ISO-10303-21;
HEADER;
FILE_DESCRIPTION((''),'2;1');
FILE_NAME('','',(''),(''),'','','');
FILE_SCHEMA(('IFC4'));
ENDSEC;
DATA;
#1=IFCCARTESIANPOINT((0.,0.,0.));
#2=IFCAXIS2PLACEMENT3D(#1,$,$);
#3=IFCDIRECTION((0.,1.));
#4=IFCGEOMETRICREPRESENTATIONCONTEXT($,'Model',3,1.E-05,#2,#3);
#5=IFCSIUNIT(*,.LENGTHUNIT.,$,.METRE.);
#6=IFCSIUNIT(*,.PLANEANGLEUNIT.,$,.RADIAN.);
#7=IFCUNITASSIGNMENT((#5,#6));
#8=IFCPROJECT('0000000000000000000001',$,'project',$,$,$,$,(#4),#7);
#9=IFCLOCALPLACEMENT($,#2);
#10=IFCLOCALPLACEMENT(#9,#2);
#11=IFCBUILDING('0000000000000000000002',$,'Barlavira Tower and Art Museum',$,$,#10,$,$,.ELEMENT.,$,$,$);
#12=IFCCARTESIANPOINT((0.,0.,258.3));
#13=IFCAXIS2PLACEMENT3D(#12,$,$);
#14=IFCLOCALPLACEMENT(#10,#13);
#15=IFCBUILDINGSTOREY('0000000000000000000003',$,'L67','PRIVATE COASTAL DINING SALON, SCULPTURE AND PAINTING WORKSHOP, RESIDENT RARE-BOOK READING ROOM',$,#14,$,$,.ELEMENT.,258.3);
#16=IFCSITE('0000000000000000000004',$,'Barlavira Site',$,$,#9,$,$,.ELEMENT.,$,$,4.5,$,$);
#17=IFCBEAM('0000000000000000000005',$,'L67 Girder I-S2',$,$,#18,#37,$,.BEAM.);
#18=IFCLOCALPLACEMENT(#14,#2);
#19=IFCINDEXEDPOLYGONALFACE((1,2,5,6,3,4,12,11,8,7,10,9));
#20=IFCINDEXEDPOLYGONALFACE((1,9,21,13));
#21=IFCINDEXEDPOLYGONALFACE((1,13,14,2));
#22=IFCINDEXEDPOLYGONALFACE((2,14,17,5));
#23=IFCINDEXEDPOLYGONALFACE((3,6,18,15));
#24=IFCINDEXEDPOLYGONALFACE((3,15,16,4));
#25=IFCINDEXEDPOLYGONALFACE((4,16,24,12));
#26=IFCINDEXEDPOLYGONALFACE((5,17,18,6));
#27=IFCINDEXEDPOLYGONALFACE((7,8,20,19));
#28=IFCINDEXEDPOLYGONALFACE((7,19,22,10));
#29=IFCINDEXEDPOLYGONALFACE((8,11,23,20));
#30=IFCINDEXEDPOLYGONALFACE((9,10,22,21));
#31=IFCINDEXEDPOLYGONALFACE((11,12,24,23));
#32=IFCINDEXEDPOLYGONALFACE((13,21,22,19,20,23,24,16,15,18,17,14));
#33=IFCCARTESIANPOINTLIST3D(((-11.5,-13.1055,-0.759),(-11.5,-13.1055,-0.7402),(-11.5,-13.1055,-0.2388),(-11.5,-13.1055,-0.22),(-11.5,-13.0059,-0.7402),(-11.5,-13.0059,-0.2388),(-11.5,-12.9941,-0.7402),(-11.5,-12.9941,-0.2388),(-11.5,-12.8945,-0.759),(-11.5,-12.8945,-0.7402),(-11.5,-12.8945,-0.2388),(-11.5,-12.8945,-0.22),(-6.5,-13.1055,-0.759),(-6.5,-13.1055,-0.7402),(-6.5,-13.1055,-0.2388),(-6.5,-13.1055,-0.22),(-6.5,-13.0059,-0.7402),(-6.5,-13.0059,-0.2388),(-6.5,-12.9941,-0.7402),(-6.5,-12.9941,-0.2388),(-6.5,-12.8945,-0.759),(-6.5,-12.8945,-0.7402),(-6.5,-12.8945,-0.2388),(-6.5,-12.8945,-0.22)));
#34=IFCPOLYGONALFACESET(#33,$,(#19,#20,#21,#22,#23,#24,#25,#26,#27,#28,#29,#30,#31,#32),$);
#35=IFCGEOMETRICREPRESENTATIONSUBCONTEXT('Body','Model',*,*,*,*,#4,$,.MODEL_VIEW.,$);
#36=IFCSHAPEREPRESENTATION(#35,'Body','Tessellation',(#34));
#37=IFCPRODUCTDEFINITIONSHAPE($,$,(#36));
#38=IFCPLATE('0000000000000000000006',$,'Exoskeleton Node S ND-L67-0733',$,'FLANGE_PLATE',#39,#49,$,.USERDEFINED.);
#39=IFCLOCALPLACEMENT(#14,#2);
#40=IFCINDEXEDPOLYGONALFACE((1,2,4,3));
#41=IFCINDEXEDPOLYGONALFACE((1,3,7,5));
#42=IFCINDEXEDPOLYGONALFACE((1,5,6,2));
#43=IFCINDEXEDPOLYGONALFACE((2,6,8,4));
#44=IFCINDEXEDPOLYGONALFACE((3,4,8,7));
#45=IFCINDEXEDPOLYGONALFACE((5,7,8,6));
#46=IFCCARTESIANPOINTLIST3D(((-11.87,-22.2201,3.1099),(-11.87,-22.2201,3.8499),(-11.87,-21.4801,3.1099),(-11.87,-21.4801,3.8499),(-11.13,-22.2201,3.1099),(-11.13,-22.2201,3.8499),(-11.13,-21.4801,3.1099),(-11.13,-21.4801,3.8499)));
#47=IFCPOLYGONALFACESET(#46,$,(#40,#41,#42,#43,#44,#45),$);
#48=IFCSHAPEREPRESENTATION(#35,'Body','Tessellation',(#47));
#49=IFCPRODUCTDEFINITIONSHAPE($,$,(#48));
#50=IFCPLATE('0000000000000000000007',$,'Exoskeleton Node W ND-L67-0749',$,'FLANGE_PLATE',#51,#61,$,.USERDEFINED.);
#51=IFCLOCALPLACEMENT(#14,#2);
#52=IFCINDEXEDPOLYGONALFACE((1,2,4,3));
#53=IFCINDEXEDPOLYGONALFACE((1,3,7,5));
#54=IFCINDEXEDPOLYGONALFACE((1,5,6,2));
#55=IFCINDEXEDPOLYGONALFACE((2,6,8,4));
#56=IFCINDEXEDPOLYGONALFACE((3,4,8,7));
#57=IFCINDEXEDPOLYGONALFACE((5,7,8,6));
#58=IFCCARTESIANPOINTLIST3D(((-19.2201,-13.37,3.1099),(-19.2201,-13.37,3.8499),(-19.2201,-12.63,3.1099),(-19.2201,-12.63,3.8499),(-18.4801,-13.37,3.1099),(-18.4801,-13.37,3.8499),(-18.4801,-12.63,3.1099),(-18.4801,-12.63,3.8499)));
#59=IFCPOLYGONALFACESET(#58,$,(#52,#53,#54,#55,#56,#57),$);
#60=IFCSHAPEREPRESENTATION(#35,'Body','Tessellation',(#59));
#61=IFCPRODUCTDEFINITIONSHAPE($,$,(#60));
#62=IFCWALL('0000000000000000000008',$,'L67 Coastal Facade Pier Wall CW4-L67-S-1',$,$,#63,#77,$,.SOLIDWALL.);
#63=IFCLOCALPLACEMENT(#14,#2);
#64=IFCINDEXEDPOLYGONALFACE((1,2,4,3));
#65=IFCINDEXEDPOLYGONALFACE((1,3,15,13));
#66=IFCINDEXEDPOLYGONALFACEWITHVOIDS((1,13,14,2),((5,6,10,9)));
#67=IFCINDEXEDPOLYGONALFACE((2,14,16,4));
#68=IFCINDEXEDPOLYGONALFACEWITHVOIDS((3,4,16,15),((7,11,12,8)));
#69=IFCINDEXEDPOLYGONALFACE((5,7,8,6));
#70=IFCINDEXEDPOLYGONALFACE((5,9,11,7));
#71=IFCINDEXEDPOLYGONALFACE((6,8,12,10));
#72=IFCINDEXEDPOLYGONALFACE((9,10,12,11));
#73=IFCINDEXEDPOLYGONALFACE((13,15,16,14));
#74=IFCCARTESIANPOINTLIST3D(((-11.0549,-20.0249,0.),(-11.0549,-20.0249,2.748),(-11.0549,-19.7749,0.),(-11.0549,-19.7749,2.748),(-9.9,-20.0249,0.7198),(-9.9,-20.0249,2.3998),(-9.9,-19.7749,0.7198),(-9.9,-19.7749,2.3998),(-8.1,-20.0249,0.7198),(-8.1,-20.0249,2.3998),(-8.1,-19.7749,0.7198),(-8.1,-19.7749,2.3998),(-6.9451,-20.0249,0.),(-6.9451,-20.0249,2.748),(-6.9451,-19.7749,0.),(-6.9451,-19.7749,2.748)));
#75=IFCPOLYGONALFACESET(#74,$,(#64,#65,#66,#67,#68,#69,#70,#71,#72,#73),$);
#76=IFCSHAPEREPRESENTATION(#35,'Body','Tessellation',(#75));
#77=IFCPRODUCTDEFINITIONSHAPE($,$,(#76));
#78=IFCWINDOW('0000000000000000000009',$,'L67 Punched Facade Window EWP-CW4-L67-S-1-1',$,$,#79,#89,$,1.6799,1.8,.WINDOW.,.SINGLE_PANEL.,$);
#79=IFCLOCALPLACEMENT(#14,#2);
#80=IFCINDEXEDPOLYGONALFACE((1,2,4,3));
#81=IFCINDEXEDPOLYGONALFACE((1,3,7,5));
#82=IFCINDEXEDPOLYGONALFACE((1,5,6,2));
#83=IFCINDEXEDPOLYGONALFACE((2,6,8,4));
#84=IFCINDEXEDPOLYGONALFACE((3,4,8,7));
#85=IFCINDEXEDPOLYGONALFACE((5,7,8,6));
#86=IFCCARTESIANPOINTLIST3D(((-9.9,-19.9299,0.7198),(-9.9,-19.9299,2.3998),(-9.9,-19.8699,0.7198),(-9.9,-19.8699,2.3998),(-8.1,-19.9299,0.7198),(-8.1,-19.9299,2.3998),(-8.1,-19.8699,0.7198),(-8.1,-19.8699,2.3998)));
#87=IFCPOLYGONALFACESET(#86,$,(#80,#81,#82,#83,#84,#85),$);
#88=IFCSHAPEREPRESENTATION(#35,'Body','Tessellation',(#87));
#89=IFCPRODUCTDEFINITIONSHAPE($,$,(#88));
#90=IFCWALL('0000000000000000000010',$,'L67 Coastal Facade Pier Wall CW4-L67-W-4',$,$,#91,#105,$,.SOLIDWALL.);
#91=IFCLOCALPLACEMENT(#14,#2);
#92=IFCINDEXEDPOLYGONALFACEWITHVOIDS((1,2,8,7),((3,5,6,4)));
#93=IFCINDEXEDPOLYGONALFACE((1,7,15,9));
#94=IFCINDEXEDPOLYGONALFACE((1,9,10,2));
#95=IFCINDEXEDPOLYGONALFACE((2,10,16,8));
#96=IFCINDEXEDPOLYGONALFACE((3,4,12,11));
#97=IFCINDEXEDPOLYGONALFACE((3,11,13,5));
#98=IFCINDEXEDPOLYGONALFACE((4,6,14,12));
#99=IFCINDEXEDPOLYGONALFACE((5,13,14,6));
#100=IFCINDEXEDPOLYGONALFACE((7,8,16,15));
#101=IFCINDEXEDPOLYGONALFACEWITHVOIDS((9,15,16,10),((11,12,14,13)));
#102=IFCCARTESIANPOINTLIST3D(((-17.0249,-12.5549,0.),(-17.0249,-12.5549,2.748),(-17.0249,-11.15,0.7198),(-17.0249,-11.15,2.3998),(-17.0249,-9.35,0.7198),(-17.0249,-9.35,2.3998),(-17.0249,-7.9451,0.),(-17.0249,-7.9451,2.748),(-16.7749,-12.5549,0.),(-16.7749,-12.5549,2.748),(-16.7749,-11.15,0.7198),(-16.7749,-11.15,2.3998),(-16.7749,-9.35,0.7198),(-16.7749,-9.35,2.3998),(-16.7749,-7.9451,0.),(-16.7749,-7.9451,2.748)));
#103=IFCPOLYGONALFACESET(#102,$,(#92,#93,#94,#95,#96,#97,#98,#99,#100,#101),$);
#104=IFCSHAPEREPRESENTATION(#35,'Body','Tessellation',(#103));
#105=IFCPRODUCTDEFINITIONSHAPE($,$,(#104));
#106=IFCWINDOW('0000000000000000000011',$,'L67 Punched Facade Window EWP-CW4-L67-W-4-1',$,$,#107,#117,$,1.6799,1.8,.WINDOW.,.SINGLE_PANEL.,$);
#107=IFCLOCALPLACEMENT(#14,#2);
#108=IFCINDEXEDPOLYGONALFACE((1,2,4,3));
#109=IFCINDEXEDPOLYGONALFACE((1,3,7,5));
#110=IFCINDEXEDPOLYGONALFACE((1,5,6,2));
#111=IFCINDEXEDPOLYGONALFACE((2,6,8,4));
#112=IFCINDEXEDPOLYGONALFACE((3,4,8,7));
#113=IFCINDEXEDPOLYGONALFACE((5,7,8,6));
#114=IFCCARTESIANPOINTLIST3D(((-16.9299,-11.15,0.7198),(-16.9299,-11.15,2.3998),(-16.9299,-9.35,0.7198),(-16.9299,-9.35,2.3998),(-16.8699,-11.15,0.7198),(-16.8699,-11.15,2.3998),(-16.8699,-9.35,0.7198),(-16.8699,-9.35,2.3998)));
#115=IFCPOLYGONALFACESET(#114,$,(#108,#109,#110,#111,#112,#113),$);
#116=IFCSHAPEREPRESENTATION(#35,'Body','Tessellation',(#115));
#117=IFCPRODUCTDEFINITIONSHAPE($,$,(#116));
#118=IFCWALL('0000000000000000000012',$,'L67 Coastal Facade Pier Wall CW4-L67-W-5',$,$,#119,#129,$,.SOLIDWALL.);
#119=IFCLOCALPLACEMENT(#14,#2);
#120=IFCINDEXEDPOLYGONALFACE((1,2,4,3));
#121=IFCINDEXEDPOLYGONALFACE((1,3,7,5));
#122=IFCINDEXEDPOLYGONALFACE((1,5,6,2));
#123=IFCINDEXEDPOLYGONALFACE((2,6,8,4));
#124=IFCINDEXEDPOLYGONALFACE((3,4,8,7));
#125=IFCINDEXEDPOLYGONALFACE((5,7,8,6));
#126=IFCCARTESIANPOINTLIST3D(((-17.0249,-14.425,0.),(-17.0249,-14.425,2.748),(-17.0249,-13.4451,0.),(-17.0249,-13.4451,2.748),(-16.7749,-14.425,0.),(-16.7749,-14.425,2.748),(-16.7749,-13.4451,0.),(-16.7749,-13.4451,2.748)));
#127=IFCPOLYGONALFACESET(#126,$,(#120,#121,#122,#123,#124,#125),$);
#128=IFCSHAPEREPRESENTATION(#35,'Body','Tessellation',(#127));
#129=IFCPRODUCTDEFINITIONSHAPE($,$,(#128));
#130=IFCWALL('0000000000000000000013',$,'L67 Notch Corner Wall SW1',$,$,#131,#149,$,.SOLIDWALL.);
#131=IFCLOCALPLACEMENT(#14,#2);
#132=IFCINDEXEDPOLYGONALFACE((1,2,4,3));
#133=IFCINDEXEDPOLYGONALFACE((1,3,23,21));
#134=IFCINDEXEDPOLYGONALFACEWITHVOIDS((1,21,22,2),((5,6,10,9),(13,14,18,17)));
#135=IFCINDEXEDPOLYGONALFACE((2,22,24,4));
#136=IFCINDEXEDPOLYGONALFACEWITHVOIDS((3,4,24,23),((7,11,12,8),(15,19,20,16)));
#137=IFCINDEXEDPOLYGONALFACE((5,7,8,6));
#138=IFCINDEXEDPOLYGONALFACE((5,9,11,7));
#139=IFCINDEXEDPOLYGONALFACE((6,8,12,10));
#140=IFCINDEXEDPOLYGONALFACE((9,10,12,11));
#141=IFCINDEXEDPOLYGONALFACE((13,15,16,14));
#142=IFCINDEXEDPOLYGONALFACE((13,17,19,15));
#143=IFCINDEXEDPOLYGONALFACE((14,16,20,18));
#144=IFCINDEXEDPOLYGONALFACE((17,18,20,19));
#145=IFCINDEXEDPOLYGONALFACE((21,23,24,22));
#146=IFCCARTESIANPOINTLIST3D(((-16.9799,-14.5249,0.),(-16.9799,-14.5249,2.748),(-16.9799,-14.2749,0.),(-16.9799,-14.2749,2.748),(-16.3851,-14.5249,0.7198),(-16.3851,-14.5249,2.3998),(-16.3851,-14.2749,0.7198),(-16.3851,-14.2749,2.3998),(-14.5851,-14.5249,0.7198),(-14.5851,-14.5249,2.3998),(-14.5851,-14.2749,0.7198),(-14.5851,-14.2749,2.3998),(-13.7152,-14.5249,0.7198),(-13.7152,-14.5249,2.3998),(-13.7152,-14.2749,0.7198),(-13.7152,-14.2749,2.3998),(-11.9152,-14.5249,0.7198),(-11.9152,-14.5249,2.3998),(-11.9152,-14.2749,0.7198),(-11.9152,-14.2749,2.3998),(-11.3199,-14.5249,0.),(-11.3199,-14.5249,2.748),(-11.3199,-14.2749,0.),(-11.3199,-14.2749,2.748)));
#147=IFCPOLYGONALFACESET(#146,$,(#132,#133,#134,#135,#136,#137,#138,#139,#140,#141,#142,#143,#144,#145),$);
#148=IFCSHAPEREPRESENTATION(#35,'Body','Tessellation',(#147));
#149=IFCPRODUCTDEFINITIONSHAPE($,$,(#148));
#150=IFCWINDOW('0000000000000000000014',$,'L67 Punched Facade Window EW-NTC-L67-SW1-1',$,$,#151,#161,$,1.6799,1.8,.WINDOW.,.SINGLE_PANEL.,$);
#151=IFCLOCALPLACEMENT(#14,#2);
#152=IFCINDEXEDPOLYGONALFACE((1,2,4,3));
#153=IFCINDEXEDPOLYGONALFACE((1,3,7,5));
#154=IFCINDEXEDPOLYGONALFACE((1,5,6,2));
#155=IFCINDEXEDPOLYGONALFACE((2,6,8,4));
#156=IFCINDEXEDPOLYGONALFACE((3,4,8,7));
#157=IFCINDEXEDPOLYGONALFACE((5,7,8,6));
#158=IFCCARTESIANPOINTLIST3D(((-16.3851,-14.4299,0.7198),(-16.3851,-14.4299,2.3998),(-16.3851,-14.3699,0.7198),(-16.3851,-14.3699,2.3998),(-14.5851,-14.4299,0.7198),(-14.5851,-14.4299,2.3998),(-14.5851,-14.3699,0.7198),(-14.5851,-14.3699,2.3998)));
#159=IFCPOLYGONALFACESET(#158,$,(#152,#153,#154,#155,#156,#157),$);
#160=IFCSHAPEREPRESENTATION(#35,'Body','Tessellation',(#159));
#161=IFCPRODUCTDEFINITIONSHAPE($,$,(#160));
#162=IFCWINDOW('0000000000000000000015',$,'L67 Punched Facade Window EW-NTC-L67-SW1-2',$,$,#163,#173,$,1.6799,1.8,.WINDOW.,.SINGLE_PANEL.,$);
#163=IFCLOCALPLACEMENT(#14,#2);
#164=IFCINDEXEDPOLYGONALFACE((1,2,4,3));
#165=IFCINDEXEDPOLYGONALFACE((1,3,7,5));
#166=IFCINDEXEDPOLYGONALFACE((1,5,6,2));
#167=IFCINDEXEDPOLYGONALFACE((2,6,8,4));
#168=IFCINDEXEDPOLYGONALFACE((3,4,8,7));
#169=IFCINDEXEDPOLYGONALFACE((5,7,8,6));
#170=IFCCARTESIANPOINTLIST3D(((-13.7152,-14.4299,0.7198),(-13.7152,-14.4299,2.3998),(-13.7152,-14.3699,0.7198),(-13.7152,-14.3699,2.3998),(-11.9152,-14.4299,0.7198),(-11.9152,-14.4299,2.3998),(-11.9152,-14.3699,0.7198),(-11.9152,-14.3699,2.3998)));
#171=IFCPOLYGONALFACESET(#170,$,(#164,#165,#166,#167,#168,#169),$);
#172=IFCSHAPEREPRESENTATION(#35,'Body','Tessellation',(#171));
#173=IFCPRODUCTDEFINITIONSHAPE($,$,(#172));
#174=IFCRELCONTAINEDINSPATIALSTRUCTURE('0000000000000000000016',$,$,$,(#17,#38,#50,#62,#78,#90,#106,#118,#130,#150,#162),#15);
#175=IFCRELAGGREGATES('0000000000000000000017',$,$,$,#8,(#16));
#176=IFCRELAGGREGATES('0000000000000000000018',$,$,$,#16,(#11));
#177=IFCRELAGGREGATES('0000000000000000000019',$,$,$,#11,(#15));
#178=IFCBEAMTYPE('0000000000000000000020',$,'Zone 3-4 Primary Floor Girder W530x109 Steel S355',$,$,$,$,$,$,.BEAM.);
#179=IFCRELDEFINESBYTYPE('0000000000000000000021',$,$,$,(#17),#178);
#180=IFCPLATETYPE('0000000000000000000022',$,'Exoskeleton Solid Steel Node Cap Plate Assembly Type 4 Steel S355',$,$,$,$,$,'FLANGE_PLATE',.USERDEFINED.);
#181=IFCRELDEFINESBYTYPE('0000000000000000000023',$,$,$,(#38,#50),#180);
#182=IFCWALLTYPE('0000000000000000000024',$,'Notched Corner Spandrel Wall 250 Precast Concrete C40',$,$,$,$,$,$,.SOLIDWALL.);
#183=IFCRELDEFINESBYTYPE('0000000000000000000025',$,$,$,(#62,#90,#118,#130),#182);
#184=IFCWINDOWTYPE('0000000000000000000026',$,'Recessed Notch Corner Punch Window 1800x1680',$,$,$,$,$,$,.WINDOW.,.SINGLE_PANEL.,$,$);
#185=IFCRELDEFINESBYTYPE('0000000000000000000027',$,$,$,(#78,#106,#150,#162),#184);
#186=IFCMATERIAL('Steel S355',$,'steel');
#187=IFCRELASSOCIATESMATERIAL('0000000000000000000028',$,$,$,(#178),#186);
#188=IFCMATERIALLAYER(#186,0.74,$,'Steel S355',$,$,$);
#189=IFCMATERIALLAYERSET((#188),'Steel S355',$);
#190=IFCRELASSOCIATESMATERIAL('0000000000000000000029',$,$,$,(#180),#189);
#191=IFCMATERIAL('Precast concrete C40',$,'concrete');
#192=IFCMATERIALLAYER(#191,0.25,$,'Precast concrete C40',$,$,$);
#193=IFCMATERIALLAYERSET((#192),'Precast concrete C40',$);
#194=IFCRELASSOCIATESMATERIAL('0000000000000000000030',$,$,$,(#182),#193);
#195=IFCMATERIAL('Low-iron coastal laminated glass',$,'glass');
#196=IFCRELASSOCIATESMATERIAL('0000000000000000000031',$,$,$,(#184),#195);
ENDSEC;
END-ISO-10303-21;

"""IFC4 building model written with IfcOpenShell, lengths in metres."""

from ifc_helpers import new_model, si_unit, direction, frame, frame_2d, origin, origin_2d, place, context, subcontext, project, spatial, rectangle, i_section, extrude, material, layer, layer_set, material_profile, profile_set, type_object, element, fill, save


model = new_model("IFC4")

# Units and contexts
model_context = context("Model", 3, precision=1e-05, world=origin(), true_north=direction((0.0, 1.0)))
body_context = subcontext(model_context, "Body", "Model", "MODEL_VIEW")
ifc_project = project(units=[si_unit("LENGTHUNIT", "METRE"), si_unit("PLANEANGLEUNIT", "RADIAN")], contexts=[model_context])

# Site, building, storey
site_placement = place(None, origin())
site = spatial("IfcSite", under=ifc_project, at=site_placement, Name="Barlavira Site", CompositionType="ELEMENT", RefElevation=4.5)
building_placement = place(site_placement, origin())
building = spatial("IfcBuilding", under=site, at=building_placement, Name="Barlavira Tower and Art Museum", CompositionType="ELEMENT")
storey_placement = place(building_placement, frame((0.0, 0.0, 258.3)))
storey = spatial("IfcBuildingStorey", under=building, at=storey_placement, Name="L67", Description="PRIVATE COASTAL DINING SALON, SCULPTURE AND PAINTING WORKSHOP, RESIDENT RARE-BOOK READING ROOM", CompositionType="ELEMENT", Elevation=258.3)

# Beam
ifc_material_1 = material(Name="Steel S355", Category="steel")
ifc_material_profile_1 = material_profile(ifc_material_1, i_section(OverallWidth=0.2109, OverallDepth=0.5391, WebThickness=0.0117, FlangeThickness=0.0188, at=origin_2d()), Name="W530x109.0")
ifc_profile_set_1 = profile_set([ifc_material_profile_1], Name="Steel S355")
beam_type_1 = type_object("IfcBeamType", Name="Zone 3-4 Primary Floor Girder W530x109 Steel S355", PredefinedType="BEAM", material=ifc_profile_set_1)
beam_1_placement = place(storey_placement, frame((-11.5, -13.0, -0.4895), z_axis=(1.0, 0.0, 0.0), x_axis=(0.0, 1.0, 0.0)))
element("IfcBeam", 1, at=beam_1_placement, inside=storey, type_object=beam_type_1, Name="L67 Girder I-S2", PredefinedType="BEAM", context=body_context, shape_type="SweptSolid", body=[
    extrude(i_section(OverallWidth=0.2109, OverallDepth=0.5391, WebThickness=0.0117, FlangeThickness=0.0188, at=origin_2d()), origin(), (0.0, 0.0, 1.0), 5.0),
])

# Plates
ifc_layer_1 = layer(ifc_material_1, 0.74, Name="Steel S355")
ifc_layer_set_1 = layer_set([ifc_layer_1], Name="Steel S355")
plate_type = type_object("IfcPlateType", Name="Exoskeleton Solid Steel Node Cap Plate Assembly Type 4 Steel S355", ElementType="FLANGE_PLATE", PredefinedType="USERDEFINED", material=ifc_layer_set_1)
for number, where, z_axis, x_axis, name in (
    (2, (-11.5, -21.8501, 3.1099), (0.0, 0.0, 1.0), (1.0, 0.0, 0.0), "Exoskeleton Node S ND-L67-0733"),
    (3, (-18.8501, -13.0, 3.1099), (0.0, 0.0, 1.0), (1.0, 0.0, 0.0), "Exoskeleton Node W ND-L67-0749"),
):
    element("IfcPlate", number, at=place(storey_placement, frame(where, z_axis=z_axis, x_axis=x_axis)), inside=storey, type_object=plate_type, Name=name, ObjectType="FLANGE_PLATE", PredefinedType="USERDEFINED", context=body_context, shape_type="SweptSolid", body=[
        extrude(rectangle(XDim=0.74, YDim=0.74, at=origin_2d()), origin(), (0.0, 0.0, 1.0), 0.74),
    ])

# Walls, openings, windows
ifc_material_2 = material(Name="Precast concrete C40", Category="concrete")
ifc_layer_2 = layer(ifc_material_2, 0.25, Name="Precast concrete C40")
ifc_layer_set_2 = layer_set([ifc_layer_2], Name="Precast concrete C40")
wall_type = type_object("IfcWallType", Name="Notched Corner Spandrel Wall 250 Precast Concrete C40", PredefinedType="SOLIDWALL", material=ifc_layer_set_2)
wall_1_placement = place(storey_placement, frame((-11.0549, -19.8999, 0.0), z_axis=(0.0, 0.0, 1.0), x_axis=(1.0, 0.0, 0.0)))
wall_1 = element("IfcWall", 4, at=wall_1_placement, inside=storey, type_object=wall_type, Name="L67 Coastal Facade Pier Wall CW4-L67-S-1", PredefinedType="SOLIDWALL", context=body_context, shape_type="SweptSolid", body=[
    extrude(rectangle(XDim=4.1099, YDim=0.25, at=frame_2d((2.0549, 0.0))), origin(), (0.0, 0.0, 1.0), 2.748),
])
opening_1_placement = place(wall_1_placement, frame((1.155, 0.0, 0.72)))
opening_1 = element("IfcOpeningElement", 5, at=opening_1_placement, cuts=wall_1, PredefinedType="OPENING", context=body_context, shape_type="SweptSolid", body=[
    extrude(rectangle(XDim=1.8, YDim=1.6799, at=frame_2d((0.8999, 0.8398))), frame((0.0, 0.135, 0.0), z_axis=(0.0, -1.0, 0.0), x_axis=(1.0, 0.0, 0.0)), (0.0, 0.0, 1.0), 0.27),
])
ifc_material_3 = material(Name="Low-iron coastal laminated glass", Category="glass")
window_type = type_object("IfcWindowType", Name="Recessed Notch Corner Punch Window 1800x1680", PartitioningType="SINGLE_PANEL", PredefinedType="WINDOW", material=ifc_material_3)
window_1_placement = place(opening_1_placement, origin())
window_1 = element("IfcWindow", 6, at=window_1_placement, inside=storey, type_object=window_type, Name="L67 Punched Facade Window EWP-CW4-L67-S-1-1", OverallHeight=1.6799, OverallWidth=1.8, PartitioningType="SINGLE_PANEL", PredefinedType="WINDOW", context=body_context, shape_type="SweptSolid", body=[
    extrude(rectangle(XDim=1.8, YDim=1.6799, at=frame_2d((0.8999, 0.8398))), frame((0.0, 0.03, 0.0), z_axis=(0.0, -1.0, 0.0), x_axis=(1.0, 0.0, 0.0)), (0.0, 0.0, 1.0), 0.0601),
])
fill(opening_1, window_1)
wall_2_placement = place(storey_placement, frame((-16.8999, -7.9451, 0.0), z_axis=(0.0, 0.0, 1.0), x_axis=(0.0, -1.0, 0.0)))
wall_2 = element("IfcWall", 7, at=wall_2_placement, inside=storey, type_object=wall_type, Name="L67 Coastal Facade Pier Wall CW4-L67-W-4", PredefinedType="SOLIDWALL", context=body_context, shape_type="SweptSolid", body=[
    extrude(rectangle(XDim=4.6099, YDim=0.25, at=frame_2d((2.3049, 0.0))), origin(), (0.0, 0.0, 1.0), 2.748),
])
opening_2_placement = place(wall_2_placement, frame((1.405, 0.0, 0.72)))
opening_2 = element("IfcOpeningElement", 8, at=opening_2_placement, cuts=wall_2, PredefinedType="OPENING", context=body_context, shape_type="SweptSolid", body=[
    extrude(rectangle(XDim=1.8, YDim=1.6799, at=frame_2d((0.8999, 0.8398))), frame((0.0, 0.135, 0.0), z_axis=(0.0, -1.0, 0.0), x_axis=(1.0, 0.0, 0.0)), (0.0, 0.0, 1.0), 0.27),
])
window_2_placement = place(opening_2_placement, origin())
window_2 = element("IfcWindow", 9, at=window_2_placement, inside=storey, type_object=window_type, Name="L67 Punched Facade Window EWP-CW4-L67-W-4-1", OverallHeight=1.6799, OverallWidth=1.8, PartitioningType="SINGLE_PANEL", PredefinedType="WINDOW", context=body_context, shape_type="SweptSolid", body=[
    extrude(rectangle(XDim=1.8, YDim=1.6799, at=frame_2d((0.8999, 0.8398))), frame((0.0, 0.03, 0.0), z_axis=(0.0, -1.0, 0.0), x_axis=(1.0, 0.0, 0.0)), (0.0, 0.0, 1.0), 0.0601),
])
fill(opening_2, window_2)

# Wall
wall_3_placement = place(storey_placement, frame((-16.8999, -13.4451, 0.0), z_axis=(0.0, 0.0, 1.0), x_axis=(0.0, -1.0, 0.0)))
element("IfcWall", 10, at=wall_3_placement, inside=storey, type_object=wall_type, Name="L67 Coastal Facade Pier Wall CW4-L67-W-5", PredefinedType="SOLIDWALL", context=body_context, shape_type="SweptSolid", body=[
    extrude(rectangle(XDim=0.98, YDim=0.25, at=frame_2d((0.49, 0.0))), origin(), (0.0, 0.0, 1.0), 2.748),
])

# Wall, openings, windows
wall_4_placement = place(storey_placement, frame((-16.98, -14.3999, 0.0), z_axis=(0.0, 0.0, 1.0), x_axis=(1.0, 0.0, 0.0)))
wall_4 = element("IfcWall", 11, at=wall_4_placement, inside=storey, type_object=wall_type, Name="L67 Notch Corner Wall SW1", PredefinedType="SOLIDWALL", context=body_context, shape_type="SweptSolid", body=[
    extrude(rectangle(XDim=5.6599, YDim=0.25, at=frame_2d((2.8301, 0.0))), origin(), (0.0, 0.0, 1.0), 2.748),
])
opening_3_placement = place(wall_4_placement, frame((0.595, 0.0, 0.72)))
opening_3 = element("IfcOpeningElement", 12, at=opening_3_placement, cuts=wall_4, PredefinedType="OPENING", context=body_context, shape_type="SweptSolid", body=[
    extrude(rectangle(XDim=1.8, YDim=1.6799, at=frame_2d((0.8999, 0.8398))), frame((0.0, 0.135, 0.0), z_axis=(0.0, -1.0, 0.0), x_axis=(1.0, 0.0, 0.0)), (0.0, 0.0, 1.0), 0.27),
])
opening_4_placement = place(wall_4_placement, frame((3.2649, 0.0, 0.72)))
opening_4 = element("IfcOpeningElement", 13, at=opening_4_placement, cuts=wall_4, PredefinedType="OPENING", context=body_context, shape_type="SweptSolid", body=[
    extrude(rectangle(XDim=1.8, YDim=1.6799, at=frame_2d((0.8999, 0.8398))), frame((0.0, 0.135, 0.0), z_axis=(0.0, -1.0, 0.0), x_axis=(1.0, 0.0, 0.0)), (0.0, 0.0, 1.0), 0.27),
])
window_3_placement = place(opening_3_placement, origin())
window_3 = element("IfcWindow", 14, at=window_3_placement, inside=storey, type_object=window_type, Name="L67 Punched Facade Window EW-NTC-L67-SW1-1", OverallHeight=1.6799, OverallWidth=1.8, PartitioningType="SINGLE_PANEL", PredefinedType="WINDOW", context=body_context, shape_type="SweptSolid", body=[
    extrude(rectangle(XDim=1.8, YDim=1.6799, at=frame_2d((0.8999, 0.8398))), frame((0.0, 0.03, 0.0), z_axis=(0.0, -1.0, 0.0), x_axis=(1.0, 0.0, 0.0)), (0.0, 0.0, 1.0), 0.0601),
])
fill(opening_3, window_3)
window_4_placement = place(opening_4_placement, origin())
window_4 = element("IfcWindow", 15, at=window_4_placement, inside=storey, type_object=window_type, Name="L67 Punched Facade Window EW-NTC-L67-SW1-2", OverallHeight=1.6799, OverallWidth=1.8, PartitioningType="SINGLE_PANEL", PredefinedType="WINDOW", context=body_context, shape_type="SweptSolid", body=[
    extrude(rectangle(XDim=1.8, YDim=1.6799, at=frame_2d((0.8999, 0.8398))), frame((0.0, 0.03, 0.0), z_axis=(0.0, -1.0, 0.0), x_axis=(1.0, 0.0, 0.0)), (0.0, 0.0, 1.0), 0.0601),
])
fill(opening_4, window_4)

save(model, "model.ifc")
